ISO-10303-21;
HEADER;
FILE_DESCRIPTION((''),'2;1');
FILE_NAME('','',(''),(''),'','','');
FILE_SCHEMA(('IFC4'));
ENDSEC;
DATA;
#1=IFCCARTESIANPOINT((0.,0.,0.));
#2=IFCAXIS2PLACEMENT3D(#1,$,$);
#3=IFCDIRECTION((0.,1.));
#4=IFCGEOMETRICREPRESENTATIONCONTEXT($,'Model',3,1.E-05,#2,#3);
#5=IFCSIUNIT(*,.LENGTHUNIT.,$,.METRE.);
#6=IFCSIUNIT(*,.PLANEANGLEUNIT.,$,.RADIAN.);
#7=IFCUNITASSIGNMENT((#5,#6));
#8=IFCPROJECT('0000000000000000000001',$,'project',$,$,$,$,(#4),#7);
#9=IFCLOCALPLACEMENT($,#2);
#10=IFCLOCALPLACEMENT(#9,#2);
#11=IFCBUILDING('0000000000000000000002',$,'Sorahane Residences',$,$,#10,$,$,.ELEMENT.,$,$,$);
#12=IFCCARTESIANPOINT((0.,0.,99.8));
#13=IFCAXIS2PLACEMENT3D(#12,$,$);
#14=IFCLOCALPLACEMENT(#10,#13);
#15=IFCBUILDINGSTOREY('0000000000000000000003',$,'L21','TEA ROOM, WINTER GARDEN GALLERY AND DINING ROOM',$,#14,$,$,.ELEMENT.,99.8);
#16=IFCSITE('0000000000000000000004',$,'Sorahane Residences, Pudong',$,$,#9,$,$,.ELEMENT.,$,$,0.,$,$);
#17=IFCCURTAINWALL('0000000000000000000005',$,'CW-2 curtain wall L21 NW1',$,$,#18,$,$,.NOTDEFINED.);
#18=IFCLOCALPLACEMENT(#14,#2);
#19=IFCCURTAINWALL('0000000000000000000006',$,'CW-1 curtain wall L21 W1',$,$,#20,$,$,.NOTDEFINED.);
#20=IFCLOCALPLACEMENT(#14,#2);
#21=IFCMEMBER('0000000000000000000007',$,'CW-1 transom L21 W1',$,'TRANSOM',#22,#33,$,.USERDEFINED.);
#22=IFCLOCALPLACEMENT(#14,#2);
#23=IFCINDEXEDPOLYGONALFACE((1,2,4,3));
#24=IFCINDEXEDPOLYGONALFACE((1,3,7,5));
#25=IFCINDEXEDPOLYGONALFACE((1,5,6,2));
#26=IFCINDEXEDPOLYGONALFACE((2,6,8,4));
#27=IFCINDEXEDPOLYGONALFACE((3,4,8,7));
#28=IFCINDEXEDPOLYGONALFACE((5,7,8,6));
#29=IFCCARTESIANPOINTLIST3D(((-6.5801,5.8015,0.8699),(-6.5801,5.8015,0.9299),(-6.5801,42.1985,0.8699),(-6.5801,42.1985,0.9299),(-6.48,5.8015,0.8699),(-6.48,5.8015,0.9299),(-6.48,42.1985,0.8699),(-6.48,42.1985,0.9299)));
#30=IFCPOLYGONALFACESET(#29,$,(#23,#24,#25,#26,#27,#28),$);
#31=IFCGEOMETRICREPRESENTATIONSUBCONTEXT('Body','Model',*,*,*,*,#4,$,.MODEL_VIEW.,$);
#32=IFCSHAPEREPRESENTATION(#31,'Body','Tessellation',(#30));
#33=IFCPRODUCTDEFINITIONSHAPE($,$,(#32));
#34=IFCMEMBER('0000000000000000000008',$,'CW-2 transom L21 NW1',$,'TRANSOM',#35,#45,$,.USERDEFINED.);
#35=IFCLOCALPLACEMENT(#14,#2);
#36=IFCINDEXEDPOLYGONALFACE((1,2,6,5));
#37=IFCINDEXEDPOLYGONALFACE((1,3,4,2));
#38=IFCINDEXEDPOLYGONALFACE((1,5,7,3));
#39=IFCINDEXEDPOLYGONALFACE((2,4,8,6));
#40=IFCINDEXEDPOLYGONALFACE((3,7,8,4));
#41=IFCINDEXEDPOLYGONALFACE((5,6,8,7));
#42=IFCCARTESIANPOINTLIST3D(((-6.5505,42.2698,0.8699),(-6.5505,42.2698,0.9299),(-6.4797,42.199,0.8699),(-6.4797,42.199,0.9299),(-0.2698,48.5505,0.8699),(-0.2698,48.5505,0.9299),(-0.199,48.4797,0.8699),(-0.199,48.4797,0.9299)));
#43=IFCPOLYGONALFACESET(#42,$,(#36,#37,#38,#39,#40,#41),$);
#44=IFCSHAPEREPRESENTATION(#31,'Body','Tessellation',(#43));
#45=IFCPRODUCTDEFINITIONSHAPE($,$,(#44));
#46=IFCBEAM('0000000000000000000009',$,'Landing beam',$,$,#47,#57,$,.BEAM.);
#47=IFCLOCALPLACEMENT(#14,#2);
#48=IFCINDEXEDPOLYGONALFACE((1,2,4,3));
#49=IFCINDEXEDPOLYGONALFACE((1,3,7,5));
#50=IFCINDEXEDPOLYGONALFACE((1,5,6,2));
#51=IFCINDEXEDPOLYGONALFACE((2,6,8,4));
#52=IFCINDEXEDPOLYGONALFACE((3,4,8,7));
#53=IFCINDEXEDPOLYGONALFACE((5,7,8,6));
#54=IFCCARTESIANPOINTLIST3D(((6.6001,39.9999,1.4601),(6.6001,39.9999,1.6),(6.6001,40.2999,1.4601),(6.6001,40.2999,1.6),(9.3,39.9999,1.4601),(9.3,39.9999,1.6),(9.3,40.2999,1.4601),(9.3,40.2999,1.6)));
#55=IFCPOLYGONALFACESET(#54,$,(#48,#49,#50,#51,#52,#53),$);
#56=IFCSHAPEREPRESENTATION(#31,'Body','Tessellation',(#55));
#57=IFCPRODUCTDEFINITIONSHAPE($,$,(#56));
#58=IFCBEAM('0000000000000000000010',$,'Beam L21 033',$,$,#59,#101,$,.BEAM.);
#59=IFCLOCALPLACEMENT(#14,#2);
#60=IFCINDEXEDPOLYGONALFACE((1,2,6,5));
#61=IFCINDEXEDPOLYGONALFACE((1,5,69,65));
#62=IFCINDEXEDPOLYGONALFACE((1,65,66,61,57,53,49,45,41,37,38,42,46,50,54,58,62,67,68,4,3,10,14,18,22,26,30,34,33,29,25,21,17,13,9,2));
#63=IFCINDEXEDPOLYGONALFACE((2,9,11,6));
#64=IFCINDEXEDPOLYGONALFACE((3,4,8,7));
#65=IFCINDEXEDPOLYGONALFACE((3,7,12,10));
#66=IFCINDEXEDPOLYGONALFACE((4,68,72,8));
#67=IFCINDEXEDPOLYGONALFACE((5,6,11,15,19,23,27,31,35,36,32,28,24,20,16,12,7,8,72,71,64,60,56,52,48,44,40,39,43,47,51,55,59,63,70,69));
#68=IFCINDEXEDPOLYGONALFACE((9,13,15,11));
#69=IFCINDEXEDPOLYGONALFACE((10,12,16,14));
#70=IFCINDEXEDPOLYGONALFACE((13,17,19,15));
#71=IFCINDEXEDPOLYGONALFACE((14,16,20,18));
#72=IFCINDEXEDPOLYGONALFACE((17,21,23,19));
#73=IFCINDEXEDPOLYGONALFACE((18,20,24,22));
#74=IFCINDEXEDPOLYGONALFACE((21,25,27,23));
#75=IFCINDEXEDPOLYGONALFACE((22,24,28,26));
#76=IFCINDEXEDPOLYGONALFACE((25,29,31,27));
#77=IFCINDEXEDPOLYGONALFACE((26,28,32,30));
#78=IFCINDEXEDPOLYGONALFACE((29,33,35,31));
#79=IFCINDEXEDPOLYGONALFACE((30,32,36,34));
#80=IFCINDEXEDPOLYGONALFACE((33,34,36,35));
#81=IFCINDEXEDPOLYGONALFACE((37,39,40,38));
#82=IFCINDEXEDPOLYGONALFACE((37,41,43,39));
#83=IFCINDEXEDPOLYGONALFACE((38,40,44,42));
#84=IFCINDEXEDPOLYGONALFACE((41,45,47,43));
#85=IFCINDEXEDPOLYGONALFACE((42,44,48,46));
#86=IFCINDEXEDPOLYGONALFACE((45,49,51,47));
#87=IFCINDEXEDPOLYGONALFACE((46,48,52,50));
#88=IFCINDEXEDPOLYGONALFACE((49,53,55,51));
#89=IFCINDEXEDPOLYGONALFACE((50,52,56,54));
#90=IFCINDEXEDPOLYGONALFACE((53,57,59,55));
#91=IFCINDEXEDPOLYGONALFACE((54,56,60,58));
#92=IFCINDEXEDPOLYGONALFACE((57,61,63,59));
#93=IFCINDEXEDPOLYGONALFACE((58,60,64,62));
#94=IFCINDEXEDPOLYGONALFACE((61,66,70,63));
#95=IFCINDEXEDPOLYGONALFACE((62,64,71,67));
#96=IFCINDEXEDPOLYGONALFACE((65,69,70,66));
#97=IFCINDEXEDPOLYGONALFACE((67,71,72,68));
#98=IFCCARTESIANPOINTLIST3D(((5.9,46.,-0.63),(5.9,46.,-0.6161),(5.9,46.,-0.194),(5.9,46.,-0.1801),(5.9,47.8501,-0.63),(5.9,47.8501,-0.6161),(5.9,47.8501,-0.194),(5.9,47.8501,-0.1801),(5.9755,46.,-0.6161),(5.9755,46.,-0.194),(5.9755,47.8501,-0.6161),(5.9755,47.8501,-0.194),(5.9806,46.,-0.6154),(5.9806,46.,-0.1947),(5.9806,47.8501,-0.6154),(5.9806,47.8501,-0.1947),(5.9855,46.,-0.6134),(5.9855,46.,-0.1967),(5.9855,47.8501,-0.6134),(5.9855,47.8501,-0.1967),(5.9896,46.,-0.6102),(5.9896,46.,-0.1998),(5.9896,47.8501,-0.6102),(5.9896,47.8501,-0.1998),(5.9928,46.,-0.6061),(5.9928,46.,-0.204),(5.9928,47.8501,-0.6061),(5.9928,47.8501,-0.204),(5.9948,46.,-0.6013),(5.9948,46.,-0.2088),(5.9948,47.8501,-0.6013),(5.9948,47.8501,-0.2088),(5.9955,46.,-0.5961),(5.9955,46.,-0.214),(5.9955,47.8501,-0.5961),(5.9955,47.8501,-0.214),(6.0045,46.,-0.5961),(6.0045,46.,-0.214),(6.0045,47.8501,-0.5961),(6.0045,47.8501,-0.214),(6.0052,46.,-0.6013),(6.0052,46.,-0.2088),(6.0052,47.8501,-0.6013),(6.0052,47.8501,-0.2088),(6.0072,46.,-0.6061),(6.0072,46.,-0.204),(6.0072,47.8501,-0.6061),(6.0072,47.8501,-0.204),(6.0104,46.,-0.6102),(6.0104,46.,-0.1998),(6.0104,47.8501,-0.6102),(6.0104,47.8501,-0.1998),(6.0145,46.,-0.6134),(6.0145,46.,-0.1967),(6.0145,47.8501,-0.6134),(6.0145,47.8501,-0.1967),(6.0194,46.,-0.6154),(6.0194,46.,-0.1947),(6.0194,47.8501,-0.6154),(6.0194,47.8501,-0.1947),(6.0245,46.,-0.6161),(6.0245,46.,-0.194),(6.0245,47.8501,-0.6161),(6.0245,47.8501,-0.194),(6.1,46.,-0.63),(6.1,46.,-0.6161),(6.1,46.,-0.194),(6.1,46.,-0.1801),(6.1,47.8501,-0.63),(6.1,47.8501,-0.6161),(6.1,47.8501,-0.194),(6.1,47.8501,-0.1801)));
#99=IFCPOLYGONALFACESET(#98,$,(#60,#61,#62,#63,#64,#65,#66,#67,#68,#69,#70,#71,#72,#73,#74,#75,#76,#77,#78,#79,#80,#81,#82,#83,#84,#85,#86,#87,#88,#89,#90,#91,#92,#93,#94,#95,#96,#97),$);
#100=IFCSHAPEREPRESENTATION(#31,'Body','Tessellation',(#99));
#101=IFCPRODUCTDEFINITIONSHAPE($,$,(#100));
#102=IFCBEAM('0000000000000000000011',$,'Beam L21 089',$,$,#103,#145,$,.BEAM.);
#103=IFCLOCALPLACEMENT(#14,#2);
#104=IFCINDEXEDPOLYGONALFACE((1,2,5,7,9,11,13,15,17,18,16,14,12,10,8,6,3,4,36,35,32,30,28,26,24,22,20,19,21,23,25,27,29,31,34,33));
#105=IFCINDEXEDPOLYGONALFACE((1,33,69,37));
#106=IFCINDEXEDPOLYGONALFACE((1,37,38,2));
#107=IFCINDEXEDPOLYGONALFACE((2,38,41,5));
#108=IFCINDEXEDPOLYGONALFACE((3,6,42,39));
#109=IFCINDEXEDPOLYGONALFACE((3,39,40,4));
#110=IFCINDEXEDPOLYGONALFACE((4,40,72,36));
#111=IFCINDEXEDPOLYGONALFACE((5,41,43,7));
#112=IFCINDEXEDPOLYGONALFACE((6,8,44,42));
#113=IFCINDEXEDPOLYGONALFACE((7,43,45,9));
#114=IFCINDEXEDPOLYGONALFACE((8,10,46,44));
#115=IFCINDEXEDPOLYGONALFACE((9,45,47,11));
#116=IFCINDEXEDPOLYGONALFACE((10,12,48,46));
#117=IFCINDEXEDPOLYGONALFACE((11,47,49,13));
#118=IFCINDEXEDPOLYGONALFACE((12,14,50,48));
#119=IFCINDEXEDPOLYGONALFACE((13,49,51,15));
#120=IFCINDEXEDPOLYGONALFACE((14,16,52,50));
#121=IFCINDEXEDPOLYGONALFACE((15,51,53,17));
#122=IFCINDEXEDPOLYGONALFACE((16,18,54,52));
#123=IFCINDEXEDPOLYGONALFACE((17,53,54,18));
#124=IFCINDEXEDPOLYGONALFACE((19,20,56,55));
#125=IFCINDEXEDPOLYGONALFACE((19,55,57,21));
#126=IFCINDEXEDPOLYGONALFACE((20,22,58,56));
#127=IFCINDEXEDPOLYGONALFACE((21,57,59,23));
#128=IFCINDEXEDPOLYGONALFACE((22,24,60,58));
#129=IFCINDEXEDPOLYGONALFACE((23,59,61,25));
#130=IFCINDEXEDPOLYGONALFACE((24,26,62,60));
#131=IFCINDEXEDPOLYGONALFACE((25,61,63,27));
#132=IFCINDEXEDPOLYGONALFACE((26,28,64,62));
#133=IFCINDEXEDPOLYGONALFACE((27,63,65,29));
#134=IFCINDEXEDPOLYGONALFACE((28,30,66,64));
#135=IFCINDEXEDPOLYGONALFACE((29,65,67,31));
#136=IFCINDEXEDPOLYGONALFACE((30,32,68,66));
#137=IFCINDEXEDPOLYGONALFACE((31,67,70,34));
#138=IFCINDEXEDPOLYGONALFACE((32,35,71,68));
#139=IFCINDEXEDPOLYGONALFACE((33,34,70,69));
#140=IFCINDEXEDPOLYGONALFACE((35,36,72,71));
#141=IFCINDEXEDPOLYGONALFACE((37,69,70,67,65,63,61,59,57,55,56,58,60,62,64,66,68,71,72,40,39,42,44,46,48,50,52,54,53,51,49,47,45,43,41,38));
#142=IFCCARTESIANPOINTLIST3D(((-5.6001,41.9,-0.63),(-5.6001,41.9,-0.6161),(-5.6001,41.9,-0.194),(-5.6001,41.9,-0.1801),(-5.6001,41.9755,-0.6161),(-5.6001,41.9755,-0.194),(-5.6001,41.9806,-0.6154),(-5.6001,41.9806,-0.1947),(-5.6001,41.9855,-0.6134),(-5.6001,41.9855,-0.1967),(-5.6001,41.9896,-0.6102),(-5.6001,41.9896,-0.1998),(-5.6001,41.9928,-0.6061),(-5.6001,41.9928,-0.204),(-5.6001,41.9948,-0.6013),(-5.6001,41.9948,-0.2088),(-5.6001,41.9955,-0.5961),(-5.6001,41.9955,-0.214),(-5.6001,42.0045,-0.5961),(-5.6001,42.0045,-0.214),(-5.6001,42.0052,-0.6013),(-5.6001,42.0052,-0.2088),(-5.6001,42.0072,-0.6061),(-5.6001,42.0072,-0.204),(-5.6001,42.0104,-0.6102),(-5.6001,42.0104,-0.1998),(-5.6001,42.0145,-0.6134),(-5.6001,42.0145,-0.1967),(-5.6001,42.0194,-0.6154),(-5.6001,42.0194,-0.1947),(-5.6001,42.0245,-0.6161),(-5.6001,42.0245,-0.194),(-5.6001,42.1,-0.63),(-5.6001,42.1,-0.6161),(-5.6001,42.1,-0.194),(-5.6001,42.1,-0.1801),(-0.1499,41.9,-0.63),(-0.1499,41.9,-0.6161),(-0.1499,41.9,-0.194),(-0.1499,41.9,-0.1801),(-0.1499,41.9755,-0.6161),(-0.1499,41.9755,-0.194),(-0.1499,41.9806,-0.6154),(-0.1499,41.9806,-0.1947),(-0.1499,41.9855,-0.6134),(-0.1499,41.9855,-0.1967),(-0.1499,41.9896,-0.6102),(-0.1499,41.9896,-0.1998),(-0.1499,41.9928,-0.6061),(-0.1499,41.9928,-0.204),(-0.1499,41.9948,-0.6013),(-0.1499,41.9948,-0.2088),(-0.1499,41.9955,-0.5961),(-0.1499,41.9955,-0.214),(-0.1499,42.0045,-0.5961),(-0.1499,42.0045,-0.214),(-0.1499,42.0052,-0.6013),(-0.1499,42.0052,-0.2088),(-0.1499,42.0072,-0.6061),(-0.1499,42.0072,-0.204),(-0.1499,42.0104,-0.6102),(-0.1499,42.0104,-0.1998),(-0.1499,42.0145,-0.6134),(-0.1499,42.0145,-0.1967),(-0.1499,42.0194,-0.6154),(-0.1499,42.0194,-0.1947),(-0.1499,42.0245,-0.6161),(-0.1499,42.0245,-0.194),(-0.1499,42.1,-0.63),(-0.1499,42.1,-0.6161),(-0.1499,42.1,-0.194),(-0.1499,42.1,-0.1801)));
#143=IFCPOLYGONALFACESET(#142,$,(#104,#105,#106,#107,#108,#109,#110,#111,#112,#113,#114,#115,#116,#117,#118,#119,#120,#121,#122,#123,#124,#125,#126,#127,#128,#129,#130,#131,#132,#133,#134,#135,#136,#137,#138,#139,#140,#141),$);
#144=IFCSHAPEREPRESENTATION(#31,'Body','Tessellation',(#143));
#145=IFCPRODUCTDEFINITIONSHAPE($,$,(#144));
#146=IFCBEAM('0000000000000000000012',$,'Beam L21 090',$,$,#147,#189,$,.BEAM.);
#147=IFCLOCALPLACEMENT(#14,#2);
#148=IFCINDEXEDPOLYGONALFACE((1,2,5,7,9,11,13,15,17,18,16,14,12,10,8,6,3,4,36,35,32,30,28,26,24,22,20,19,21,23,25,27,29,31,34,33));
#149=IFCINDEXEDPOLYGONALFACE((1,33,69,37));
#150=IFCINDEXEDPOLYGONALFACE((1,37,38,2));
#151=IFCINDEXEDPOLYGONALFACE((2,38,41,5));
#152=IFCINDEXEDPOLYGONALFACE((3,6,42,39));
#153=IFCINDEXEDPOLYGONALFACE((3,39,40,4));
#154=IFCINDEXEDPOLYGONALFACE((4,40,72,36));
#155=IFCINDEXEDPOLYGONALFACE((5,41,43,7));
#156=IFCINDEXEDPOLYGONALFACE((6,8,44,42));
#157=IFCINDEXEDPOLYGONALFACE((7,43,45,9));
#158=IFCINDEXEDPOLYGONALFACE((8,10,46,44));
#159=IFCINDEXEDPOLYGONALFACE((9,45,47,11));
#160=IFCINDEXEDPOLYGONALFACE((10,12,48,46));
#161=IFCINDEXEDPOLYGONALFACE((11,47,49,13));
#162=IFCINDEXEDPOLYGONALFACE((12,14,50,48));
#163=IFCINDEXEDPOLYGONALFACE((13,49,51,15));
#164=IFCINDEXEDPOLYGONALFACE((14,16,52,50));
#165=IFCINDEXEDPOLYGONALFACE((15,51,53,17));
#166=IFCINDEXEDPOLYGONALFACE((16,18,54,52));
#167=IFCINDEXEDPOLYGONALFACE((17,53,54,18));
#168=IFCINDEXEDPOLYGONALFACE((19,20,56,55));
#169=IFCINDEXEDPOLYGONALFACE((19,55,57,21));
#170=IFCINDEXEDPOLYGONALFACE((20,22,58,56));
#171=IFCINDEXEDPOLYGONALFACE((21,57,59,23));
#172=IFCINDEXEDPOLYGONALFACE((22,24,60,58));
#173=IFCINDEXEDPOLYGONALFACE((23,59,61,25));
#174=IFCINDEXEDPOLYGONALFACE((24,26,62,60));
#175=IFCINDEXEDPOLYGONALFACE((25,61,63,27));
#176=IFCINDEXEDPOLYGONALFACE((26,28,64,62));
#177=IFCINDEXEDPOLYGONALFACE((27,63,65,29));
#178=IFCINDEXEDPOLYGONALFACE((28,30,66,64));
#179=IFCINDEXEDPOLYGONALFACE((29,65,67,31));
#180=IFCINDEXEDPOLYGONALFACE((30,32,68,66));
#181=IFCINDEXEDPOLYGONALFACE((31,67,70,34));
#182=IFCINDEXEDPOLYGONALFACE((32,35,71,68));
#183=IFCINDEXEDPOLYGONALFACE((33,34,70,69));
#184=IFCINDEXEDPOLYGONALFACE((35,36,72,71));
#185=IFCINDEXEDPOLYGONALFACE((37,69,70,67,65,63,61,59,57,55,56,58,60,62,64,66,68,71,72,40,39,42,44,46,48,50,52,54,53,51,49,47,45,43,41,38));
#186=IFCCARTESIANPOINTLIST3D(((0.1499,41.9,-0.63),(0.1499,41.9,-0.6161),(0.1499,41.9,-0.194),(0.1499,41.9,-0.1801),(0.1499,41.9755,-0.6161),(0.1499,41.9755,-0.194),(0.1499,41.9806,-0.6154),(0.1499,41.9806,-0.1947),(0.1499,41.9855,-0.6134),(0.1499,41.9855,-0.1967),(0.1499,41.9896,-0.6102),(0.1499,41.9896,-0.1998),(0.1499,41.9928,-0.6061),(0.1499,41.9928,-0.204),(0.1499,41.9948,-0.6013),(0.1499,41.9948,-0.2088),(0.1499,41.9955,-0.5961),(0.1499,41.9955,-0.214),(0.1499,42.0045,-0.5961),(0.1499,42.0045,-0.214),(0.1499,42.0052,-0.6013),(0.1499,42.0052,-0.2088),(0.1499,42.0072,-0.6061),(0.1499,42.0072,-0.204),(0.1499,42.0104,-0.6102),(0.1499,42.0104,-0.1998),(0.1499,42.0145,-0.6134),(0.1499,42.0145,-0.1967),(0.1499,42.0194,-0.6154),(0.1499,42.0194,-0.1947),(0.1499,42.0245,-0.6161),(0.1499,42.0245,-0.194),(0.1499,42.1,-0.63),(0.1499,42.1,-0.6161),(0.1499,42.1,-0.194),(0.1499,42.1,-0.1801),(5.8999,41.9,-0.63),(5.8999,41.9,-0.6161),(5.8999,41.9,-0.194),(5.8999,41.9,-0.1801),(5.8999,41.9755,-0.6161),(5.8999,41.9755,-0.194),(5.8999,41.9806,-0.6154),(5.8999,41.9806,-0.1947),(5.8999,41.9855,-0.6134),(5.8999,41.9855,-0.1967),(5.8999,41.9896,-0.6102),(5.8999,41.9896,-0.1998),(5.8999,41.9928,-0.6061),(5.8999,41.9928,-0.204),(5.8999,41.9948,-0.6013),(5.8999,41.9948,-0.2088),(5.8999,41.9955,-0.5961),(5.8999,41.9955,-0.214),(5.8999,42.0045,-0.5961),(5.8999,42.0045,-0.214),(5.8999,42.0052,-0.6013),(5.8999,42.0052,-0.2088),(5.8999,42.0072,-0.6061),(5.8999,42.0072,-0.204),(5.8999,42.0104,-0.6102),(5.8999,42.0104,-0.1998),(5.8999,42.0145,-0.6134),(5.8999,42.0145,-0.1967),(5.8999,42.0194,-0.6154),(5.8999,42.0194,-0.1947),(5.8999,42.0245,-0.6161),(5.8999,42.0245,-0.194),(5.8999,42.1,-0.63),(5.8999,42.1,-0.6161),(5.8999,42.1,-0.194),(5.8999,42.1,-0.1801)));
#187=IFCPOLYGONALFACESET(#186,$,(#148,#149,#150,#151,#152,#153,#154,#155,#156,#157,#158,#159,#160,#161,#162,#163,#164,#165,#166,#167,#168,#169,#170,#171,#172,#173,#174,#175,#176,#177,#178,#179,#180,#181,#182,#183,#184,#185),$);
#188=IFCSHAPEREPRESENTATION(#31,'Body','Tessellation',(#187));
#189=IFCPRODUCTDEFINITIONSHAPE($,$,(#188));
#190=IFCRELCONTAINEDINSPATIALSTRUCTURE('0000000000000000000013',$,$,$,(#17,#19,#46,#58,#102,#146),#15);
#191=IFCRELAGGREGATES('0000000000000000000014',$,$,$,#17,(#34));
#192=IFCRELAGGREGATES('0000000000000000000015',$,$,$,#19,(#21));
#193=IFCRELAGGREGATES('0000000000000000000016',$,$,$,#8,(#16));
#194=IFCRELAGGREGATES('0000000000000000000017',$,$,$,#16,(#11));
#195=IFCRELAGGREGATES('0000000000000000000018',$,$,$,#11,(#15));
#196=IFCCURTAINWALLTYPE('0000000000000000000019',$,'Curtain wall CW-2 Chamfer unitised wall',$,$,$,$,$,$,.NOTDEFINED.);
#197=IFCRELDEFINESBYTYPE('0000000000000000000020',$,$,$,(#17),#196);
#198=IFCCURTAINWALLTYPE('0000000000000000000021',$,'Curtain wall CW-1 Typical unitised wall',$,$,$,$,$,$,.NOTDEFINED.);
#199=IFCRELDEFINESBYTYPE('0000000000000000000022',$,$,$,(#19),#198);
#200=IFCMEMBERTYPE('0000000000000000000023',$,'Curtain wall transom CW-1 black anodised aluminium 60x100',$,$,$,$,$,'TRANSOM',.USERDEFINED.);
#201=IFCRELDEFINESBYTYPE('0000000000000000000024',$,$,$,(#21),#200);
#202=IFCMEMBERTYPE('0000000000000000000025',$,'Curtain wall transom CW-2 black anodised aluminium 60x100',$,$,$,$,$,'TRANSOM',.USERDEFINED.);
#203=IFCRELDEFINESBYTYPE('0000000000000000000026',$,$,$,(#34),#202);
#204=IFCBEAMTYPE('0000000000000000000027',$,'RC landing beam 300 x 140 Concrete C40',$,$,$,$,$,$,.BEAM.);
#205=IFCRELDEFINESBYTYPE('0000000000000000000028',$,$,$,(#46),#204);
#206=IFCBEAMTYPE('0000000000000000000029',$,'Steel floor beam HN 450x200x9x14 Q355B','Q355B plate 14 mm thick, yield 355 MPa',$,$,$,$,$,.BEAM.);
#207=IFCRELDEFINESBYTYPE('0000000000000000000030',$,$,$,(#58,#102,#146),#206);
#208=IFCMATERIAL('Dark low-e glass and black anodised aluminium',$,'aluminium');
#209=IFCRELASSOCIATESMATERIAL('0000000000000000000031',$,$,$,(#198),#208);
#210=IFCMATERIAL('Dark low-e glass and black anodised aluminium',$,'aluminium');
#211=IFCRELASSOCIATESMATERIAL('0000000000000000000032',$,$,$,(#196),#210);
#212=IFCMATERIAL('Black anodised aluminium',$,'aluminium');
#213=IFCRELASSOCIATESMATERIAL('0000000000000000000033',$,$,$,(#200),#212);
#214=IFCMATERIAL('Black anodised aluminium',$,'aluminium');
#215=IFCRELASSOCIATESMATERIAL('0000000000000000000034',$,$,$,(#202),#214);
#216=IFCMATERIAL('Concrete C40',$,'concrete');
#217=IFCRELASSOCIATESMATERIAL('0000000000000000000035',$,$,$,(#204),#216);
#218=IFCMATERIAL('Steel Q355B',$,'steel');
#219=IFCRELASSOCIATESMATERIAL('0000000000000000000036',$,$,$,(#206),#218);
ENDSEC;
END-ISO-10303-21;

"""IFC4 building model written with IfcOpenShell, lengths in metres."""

from ifc_helpers import new_model, si_unit, direction, frame, origin, origin_2d, place, context, subcontext, project, spatial, rectangle, i_section, extrude, material, material_profile, profile_set, type_object, element, aggregate, save


model = new_model("IFC4")

# Units and contexts
model_context = context("Model", 3, precision=1e-05, world=origin(), true_north=direction((0.0, 1.0)))
body_context = subcontext(model_context, "Body", "Model", "MODEL_VIEW")
ifc_project = project(units=[si_unit("LENGTHUNIT", "METRE"), si_unit("PLANEANGLEUNIT", "RADIAN")], contexts=[model_context])

# Site, building, storey
site_placement = place(None, origin())
site = spatial("IfcSite", under=ifc_project, at=site_placement, Name="Sorahane Residences, Pudong", CompositionType="ELEMENT", RefElevation=0.0)
building_placement = place(site_placement, origin())
building = spatial("IfcBuilding", under=site, at=building_placement, Name="Sorahane Residences", CompositionType="ELEMENT")
storey_placement = place(building_placement, frame((0.0, 0.0, 99.8)))
storey = spatial("IfcBuildingStorey", under=building, at=storey_placement, Name="L21", Description="TEA ROOM, WINTER GARDEN GALLERY AND DINING ROOM", CompositionType="ELEMENT", Elevation=99.8)

# Curtain wall
ifc_material_1 = material(Name="Dark low-e glass and black anodised aluminium", Category="aluminium")
curtain_wall_type_1 = type_object("IfcCurtainWallType", Name="Curtain wall CW-1 Typical unitised wall", PredefinedType="NOTDEFINED", material=ifc_material_1)
ifc_material_2 = material(Name="Dark low-e glass and black anodised aluminium", Category="aluminium")
curtain_wall_type_2 = type_object("IfcCurtainWallType", Name="Curtain wall CW-2 Chamfer unitised wall", PredefinedType="NOTDEFINED", material=ifc_material_2)
curtain_wall_1_placement = place(storey_placement, origin())
curtain_wall_1 = element("IfcCurtainWall", 1, at=curtain_wall_1_placement, inside=storey, type_object=curtain_wall_type_2, Name="CW-2 curtain wall L21 NW1", PredefinedType="NOTDEFINED")

# Curtain wall, member
curtain_wall_2_placement = place(storey_placement, origin())
curtain_wall_2 = element("IfcCurtainWall", 2, at=curtain_wall_2_placement, inside=storey, type_object=curtain_wall_type_1, Name="CW-1 curtain wall L21 W1", PredefinedType="NOTDEFINED")
ifc_material_3 = material(Name="Black anodised aluminium", Category="aluminium")
ifc_material_profile_1 = material_profile(ifc_material_3, rectangle(XDim=0.1001, YDim=0.0601, at=origin_2d()), Name="Curtain wall transom CW-1 black anodised aluminium 60x100")
ifc_profile_set_1 = profile_set([ifc_material_profile_1], Name="Black anodised aluminium")
member_type_1 = type_object("IfcMemberType", Name="Curtain wall transom CW-1 black anodised aluminium 60x100", ElementType="TRANSOM", PredefinedType="USERDEFINED", material=ifc_profile_set_1)
member_1_placement = place(storey_placement, frame((-6.53, 42.1985, 0.8999), z_axis=(0.0, -1.0, 0.0), x_axis=(1.0, 0.0, 0.0)))
member_1 = element("IfcMember", 3, at=member_1_placement, type_object=member_type_1, Name="CW-1 transom L21 W1", ObjectType="TRANSOM", PredefinedType="USERDEFINED", context=body_context, shape_type="SweptSolid", body=[
    extrude(rectangle(XDim=0.1001, YDim=0.0601, at=origin_2d()), origin(), (0.0, 0.0, 1.0), 36.397),
])

# Member
ifc_material_4 = material(Name="Black anodised aluminium", Category="aluminium")
ifc_material_profile_2 = material_profile(ifc_material_4, rectangle(XDim=0.1001, YDim=0.0601, at=origin_2d()), Name="Curtain wall transom CW-2 black anodised aluminium 60x100")
ifc_profile_set_2 = profile_set([ifc_material_profile_2], Name="Black anodised aluminium")
member_type_2 = type_object("IfcMemberType", Name="Curtain wall transom CW-2 black anodised aluminium 60x100", ElementType="TRANSOM", PredefinedType="USERDEFINED", material=ifc_profile_set_2)
member_2_placement = place(storey_placement, frame((-0.2344, 48.5151, 0.8999), z_axis=(-0.707107, -0.707107, 0.0), x_axis=(0.707107, -0.707107, 0.0)))
member_2 = element("IfcMember", 4, at=member_2_placement, type_object=member_type_2, Name="CW-2 transom L21 NW1", ObjectType="TRANSOM", PredefinedType="USERDEFINED", context=body_context, shape_type="SweptSolid", body=[
    extrude(rectangle(XDim=0.1001, YDim=0.0601, at=origin_2d()), origin(), (0.0, 0.0, 1.0), 8.8823),
])

# Beams
ifc_material_5 = material(Name="Concrete C40", Category="concrete")
ifc_material_profile_3 = material_profile(ifc_material_5, rectangle(XDim=0.3, YDim=0.1399, at=origin_2d()), Name="300x140")
ifc_profile_set_3 = profile_set([ifc_material_profile_3], Name="Concrete C40")
beam_type_1 = type_object("IfcBeamType", Name="RC landing beam 300 x 140 Concrete C40", PredefinedType="BEAM", material=ifc_profile_set_3)
beam_1_placement = place(storey_placement, frame((6.6001, 40.1499, 1.53), z_axis=(1.0, 0.0, 0.0), x_axis=(0.0, 1.0, 0.0)))
element("IfcBeam", 5, at=beam_1_placement, inside=storey, type_object=beam_type_1, Name="Landing beam", PredefinedType="BEAM", context=body_context, shape_type="SweptSolid", body=[
    extrude(rectangle(XDim=0.3, YDim=0.1399, at=origin_2d()), origin(), (0.0, 0.0, 1.0), 2.7),
])
ifc_material_6 = material(Name="Steel Q355B", Category="steel")
ifc_material_profile_4 = material_profile(ifc_material_6, i_section(OverallWidth=0.2, OverallDepth=0.45, WebThickness=0.009, FlangeThickness=0.0139, FilletRadius=0.02, at=origin_2d()), Name="HN 450x200x9x14")
ifc_profile_set_4 = profile_set([ifc_material_profile_4], Name="Steel Q355B")
beam_type_2 = type_object("IfcBeamType", Name="Steel floor beam HN 450x200x9x14 Q355B", Description="Q355B plate 14 mm thick, yield 355 MPa", PredefinedType="BEAM", material=ifc_profile_set_4)
beam_2_placement = place(storey_placement, frame((6.0, 46.0, -0.405), z_axis=(0.0, 1.0, 0.0), x_axis=(-1.0, 0.0, 0.0)))
element("IfcBeam", 6, at=beam_2_placement, inside=storey, type_object=beam_type_2, Name="Beam L21 033", PredefinedType="BEAM", context=body_context, shape_type="SweptSolid", body=[
    extrude(i_section(OverallWidth=0.2, OverallDepth=0.45, WebThickness=0.009, FlangeThickness=0.0139, FilletRadius=0.02, at=origin_2d()), origin(), (0.0, 0.0, 1.0), 1.8501),
])
beam_3_placement = place(storey_placement, frame((-5.6001, 42.0, -0.405), z_axis=(1.0, 0.0, 0.0), x_axis=(0.0, 1.0, 0.0)))
element("IfcBeam", 7, at=beam_3_placement, inside=storey, type_object=beam_type_2, Name="Beam L21 089", PredefinedType="BEAM", context=body_context, shape_type="SweptSolid", body=[
    extrude(i_section(OverallWidth=0.2, OverallDepth=0.45, WebThickness=0.009, FlangeThickness=0.0139, FilletRadius=0.02, at=origin_2d()), origin(), (0.0, 0.0, 1.0), 5.4502),
])
beam_4_placement = place(storey_placement, frame((0.1499, 42.0, -0.405), z_axis=(1.0, 0.0, 0.0), x_axis=(0.0, 1.0, 0.0)))
element("IfcBeam", 8, at=beam_4_placement, inside=storey, type_object=beam_type_2, Name="Beam L21 090", PredefinedType="BEAM", context=body_context, shape_type="SweptSolid", body=[
    extrude(i_section(OverallWidth=0.2, OverallDepth=0.45, WebThickness=0.009, FlangeThickness=0.0139, FilletRadius=0.02, at=origin_2d()), origin(), (0.0, 0.0, 1.0), 5.75),
])

aggregate(curtain_wall_1, [member_2])
aggregate(curtain_wall_2, [member_1])

save(model, "model.ifc")
